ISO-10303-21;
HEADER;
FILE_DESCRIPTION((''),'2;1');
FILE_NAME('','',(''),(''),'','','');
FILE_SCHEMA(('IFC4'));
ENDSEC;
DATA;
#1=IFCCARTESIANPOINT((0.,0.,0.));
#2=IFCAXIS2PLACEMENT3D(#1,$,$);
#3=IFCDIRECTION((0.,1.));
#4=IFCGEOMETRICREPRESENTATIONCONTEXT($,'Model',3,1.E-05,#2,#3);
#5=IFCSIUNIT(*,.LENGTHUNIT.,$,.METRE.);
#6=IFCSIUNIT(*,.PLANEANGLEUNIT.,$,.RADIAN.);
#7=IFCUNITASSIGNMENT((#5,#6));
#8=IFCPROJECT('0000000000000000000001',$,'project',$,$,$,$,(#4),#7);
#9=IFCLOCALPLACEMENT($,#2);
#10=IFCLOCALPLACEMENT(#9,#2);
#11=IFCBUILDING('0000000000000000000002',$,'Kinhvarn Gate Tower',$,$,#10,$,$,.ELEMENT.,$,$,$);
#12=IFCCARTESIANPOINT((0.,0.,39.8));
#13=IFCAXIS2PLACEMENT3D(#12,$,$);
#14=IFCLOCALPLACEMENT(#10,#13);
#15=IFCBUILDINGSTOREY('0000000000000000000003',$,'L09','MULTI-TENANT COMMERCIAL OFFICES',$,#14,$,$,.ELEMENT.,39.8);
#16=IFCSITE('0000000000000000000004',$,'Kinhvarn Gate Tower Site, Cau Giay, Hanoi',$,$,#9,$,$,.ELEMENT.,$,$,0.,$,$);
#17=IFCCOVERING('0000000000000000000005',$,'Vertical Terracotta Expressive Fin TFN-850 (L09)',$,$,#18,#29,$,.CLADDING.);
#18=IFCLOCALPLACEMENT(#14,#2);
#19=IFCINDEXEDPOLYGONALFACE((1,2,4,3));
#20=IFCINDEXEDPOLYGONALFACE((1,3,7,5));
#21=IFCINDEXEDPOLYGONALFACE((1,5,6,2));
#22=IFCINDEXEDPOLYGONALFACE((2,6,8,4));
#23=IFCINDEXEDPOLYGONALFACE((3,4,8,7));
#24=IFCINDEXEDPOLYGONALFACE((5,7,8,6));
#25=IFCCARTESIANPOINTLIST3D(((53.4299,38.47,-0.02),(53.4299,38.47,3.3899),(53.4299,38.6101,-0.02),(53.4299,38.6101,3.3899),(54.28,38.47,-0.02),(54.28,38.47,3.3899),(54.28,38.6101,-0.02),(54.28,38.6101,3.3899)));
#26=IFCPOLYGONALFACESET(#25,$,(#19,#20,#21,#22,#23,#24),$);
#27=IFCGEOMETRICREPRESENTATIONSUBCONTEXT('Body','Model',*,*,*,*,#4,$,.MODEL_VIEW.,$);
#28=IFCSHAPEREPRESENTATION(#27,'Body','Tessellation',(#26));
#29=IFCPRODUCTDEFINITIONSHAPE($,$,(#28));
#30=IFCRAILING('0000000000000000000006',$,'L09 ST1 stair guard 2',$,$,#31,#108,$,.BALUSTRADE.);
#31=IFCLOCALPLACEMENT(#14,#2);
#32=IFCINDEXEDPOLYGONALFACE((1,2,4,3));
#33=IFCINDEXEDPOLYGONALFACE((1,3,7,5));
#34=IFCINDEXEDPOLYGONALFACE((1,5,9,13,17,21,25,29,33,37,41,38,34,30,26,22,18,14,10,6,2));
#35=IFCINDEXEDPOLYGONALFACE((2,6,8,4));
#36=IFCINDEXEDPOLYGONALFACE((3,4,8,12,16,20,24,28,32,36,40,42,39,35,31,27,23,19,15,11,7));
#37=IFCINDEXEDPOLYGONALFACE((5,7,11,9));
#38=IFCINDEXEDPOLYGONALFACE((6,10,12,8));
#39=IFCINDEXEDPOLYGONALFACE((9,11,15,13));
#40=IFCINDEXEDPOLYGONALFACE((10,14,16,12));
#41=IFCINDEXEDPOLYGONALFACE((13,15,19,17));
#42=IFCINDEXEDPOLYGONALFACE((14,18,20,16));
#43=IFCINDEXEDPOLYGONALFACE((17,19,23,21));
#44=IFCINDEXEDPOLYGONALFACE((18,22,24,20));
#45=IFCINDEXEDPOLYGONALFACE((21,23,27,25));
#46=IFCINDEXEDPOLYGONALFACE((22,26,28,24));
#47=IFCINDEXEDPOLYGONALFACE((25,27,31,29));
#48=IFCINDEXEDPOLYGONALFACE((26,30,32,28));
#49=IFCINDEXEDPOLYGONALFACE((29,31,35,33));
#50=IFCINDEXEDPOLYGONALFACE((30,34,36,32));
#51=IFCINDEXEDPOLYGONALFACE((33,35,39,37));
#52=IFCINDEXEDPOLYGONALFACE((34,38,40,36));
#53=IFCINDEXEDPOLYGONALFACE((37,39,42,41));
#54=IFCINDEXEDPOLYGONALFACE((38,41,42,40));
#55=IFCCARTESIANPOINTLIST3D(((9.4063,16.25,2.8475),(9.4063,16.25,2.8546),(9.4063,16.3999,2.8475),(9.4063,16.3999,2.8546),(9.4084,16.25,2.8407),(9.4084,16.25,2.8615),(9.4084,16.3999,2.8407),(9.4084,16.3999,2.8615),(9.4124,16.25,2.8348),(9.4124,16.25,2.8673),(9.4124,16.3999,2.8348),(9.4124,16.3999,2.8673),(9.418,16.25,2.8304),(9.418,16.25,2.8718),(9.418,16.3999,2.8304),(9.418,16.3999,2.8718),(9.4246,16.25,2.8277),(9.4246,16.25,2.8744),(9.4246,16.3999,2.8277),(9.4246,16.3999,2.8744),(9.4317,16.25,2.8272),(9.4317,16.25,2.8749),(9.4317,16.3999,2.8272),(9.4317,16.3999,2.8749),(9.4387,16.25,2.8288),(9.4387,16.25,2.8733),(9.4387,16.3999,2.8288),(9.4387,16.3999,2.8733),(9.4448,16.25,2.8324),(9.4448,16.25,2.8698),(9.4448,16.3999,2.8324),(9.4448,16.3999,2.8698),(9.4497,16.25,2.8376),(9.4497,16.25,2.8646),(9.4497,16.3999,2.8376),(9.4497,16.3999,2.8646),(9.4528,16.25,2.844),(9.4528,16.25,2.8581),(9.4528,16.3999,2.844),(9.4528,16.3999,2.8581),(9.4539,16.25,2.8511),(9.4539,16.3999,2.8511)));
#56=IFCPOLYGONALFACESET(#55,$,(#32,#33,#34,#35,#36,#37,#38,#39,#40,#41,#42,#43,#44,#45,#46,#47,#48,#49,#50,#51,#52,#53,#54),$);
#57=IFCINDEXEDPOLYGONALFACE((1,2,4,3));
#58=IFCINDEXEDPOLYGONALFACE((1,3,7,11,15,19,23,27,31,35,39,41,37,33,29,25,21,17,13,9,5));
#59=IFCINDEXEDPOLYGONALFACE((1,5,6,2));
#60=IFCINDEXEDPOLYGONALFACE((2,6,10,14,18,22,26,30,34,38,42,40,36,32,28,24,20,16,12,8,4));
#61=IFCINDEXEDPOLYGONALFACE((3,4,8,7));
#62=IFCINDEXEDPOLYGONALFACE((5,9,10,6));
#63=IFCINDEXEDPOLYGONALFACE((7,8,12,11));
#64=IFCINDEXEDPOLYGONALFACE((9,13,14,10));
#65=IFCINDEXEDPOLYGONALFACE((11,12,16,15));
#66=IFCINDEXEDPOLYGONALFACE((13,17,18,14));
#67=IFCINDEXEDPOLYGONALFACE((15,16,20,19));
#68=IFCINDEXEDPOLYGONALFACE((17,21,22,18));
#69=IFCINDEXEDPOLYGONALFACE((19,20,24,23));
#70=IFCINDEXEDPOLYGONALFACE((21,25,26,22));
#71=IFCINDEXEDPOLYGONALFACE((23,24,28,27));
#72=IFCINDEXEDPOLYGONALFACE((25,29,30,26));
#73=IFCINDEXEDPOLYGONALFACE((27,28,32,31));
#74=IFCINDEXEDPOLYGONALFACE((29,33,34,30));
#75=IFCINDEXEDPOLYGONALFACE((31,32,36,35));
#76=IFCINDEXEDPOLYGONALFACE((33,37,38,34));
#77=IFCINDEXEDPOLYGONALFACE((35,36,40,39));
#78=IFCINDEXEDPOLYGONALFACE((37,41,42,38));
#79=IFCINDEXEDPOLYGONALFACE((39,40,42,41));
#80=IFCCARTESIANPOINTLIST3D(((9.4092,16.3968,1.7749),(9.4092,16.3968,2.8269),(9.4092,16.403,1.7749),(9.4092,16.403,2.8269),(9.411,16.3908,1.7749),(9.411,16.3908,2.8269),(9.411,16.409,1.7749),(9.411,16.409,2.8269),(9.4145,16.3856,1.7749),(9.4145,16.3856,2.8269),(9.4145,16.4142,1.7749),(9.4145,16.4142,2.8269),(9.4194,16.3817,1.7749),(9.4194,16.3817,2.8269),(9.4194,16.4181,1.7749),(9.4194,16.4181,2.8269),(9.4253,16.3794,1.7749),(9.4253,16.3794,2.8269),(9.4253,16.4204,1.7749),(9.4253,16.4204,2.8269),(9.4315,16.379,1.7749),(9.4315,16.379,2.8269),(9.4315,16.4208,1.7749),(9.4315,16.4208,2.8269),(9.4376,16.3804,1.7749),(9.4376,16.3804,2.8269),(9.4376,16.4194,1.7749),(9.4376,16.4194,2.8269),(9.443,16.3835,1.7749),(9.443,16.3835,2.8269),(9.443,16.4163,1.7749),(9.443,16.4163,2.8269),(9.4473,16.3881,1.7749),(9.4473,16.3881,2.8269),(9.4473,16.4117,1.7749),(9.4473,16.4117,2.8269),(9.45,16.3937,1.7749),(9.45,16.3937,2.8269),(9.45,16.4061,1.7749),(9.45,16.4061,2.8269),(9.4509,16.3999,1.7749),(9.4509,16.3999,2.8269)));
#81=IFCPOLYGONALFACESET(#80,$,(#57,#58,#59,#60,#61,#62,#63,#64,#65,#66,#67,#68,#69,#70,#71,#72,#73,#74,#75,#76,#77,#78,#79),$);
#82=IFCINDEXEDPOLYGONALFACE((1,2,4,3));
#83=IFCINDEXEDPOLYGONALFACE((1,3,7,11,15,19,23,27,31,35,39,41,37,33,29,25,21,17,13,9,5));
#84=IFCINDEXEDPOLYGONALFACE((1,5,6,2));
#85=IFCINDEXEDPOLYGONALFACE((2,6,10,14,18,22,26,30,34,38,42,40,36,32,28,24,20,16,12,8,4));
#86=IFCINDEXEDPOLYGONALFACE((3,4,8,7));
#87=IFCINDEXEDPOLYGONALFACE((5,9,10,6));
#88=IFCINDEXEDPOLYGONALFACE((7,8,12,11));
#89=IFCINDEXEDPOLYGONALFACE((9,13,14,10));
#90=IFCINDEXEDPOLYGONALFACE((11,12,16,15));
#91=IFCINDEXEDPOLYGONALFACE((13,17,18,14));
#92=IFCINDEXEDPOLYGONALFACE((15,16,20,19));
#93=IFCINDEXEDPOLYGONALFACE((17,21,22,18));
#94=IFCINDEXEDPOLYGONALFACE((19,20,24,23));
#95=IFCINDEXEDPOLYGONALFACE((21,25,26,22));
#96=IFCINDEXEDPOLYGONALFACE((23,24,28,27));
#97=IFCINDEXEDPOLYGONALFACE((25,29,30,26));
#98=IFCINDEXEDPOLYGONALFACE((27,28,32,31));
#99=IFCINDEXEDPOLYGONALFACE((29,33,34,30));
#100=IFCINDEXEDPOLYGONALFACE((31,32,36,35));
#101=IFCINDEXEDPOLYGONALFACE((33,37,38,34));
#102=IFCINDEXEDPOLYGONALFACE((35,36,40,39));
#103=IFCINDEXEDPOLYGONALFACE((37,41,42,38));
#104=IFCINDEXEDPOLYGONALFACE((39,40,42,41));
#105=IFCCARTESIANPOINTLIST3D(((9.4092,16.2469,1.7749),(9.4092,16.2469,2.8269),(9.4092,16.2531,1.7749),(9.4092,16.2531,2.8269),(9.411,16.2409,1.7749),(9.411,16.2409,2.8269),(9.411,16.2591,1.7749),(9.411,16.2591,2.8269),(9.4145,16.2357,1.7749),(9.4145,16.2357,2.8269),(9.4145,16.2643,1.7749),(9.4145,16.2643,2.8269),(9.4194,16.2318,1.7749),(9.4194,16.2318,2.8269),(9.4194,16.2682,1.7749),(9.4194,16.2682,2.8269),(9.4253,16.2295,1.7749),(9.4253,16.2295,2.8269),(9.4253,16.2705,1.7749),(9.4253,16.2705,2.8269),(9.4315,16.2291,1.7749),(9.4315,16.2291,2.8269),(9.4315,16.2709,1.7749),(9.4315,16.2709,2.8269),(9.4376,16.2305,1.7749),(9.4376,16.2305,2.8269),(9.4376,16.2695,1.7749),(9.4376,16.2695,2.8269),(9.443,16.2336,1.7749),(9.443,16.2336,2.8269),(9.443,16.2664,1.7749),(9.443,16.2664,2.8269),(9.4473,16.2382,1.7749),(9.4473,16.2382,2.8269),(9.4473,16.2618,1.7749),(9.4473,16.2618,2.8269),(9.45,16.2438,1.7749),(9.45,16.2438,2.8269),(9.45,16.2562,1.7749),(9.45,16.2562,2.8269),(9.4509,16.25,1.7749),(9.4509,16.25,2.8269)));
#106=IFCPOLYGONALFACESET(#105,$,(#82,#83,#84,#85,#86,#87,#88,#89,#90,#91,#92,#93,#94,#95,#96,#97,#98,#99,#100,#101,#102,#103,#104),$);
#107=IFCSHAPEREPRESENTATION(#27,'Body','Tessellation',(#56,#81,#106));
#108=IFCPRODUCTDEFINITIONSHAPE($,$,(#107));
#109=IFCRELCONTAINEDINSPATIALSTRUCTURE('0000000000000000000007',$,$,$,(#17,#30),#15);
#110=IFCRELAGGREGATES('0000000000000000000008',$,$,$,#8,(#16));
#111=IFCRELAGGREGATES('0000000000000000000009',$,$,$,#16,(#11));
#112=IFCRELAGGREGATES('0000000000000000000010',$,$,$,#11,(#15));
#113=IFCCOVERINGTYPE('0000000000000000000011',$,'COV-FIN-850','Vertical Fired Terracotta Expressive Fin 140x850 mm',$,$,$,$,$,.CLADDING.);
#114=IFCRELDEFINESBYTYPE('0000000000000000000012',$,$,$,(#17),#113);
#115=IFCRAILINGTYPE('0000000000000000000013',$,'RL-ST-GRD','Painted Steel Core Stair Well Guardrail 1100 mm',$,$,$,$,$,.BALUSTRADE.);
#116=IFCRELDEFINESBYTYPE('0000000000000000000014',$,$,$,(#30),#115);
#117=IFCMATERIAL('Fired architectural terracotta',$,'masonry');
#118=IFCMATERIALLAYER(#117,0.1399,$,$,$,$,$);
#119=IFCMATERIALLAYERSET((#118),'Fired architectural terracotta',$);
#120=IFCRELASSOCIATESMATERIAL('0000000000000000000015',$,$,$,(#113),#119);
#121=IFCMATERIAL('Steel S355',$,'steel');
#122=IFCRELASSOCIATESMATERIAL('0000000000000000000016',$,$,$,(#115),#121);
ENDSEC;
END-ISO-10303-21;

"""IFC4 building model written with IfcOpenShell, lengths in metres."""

from ifc_helpers import new_model, si_unit, direction, frame, origin, origin_2d, place, context, subcontext, project, spatial, polyline, circle, outline, extrude, material, layer, layer_set, type_object, element, save


model = new_model("IFC4")

# Units and contexts
model_context = context("Model", 3, precision=1e-05, world=origin(), true_north=direction((0.0, 1.0)))
body_context = subcontext(model_context, "Body", "Model", "MODEL_VIEW")
ifc_project = project(units=[si_unit("LENGTHUNIT", "METRE"), si_unit("PLANEANGLEUNIT", "RADIAN")], contexts=[model_context])

# Site, building, storey
site_placement = place(None, origin())
site = spatial("IfcSite", under=ifc_project, at=site_placement, Name="Kinhvarn Gate Tower Site, Cau Giay, Hanoi", CompositionType="ELEMENT", RefElevation=0.0)
building_placement = place(site_placement, origin())
building = spatial("IfcBuilding", under=site, at=building_placement, Name="Kinhvarn Gate Tower", CompositionType="ELEMENT")
storey_placement = place(building_placement, frame((0.0, 0.0, 39.8)))
storey = spatial("IfcBuildingStorey", under=building, at=storey_placement, Name="L09", Description="MULTI-TENANT COMMERCIAL OFFICES", CompositionType="ELEMENT", Elevation=39.8)

# Shared definitions
ifc_material_1 = material(Name="Steel S355", Category="steel")

# Shared definitions
ifc_material_2 = material(Name="Fired architectural terracotta", Category="masonry")

# Covering
ifc_layer_1 = layer(ifc_material_2, 0.1399)
ifc_layer_set_1 = layer_set([ifc_layer_1], Name="Fired architectural terracotta")
covering_type_1 = type_object("IfcCoveringType", Name="COV-FIN-850", Description="Vertical Fired Terracotta Expressive Fin 140x850 mm", PredefinedType="CLADDING", material=ifc_layer_set_1)
covering_1_placement = place(storey_placement, frame((0.0, 0.0, -0.02)))
element("IfcCovering", 1, at=covering_1_placement, inside=storey, type_object=covering_type_1, Name="Vertical Terracotta Expressive Fin TFN-850 (L09)", PredefinedType="CLADDING", context=body_context, shape_type="SweptSolid", body=[
    extrude(outline(polyline([(53.4299, 38.47), (53.4299, 38.6101), (54.28, 38.6101), (54.28, 38.47), (53.4299, 38.47)])), origin(), (0.0, 0.0, 1.0), 3.4099),
])

# Railing
railing_type_1 = type_object("IfcRailingType", Name="RL-ST-GRD", Description="Painted Steel Core Stair Well Guardrail 1100 mm", PredefinedType="BALUSTRADE", material=ifc_material_1)
railing_1_placement = place(storey_placement, frame((9.4299, 16.3999, 1.7749)))
element("IfcRailing", 2, at=railing_1_placement, inside=storey, type_object=railing_type_1, Name="L09 ST1 stair guard 2", PredefinedType="BALUSTRADE", context=body_context, shape_type="SweptSolid", body=[
    extrude(circle(Radius=0.0239, at=origin_2d()), frame((0.0, 0.0, 1.0762), z_axis=(0.0, -1.0, 0.0), x_axis=(1.0, 0.0, 0.0)), (0.0, 0.0, 1.0), 0.1499),
    extrude(circle(Radius=0.021, at=origin_2d()), origin(), (0.0, 0.0, 1.0), 1.052),
    extrude(circle(Radius=0.021, at=origin_2d()), frame((0.0, -0.1499, 0.0)), (0.0, 0.0, 1.0), 1.052),
])

save(model, "model.ifc")
